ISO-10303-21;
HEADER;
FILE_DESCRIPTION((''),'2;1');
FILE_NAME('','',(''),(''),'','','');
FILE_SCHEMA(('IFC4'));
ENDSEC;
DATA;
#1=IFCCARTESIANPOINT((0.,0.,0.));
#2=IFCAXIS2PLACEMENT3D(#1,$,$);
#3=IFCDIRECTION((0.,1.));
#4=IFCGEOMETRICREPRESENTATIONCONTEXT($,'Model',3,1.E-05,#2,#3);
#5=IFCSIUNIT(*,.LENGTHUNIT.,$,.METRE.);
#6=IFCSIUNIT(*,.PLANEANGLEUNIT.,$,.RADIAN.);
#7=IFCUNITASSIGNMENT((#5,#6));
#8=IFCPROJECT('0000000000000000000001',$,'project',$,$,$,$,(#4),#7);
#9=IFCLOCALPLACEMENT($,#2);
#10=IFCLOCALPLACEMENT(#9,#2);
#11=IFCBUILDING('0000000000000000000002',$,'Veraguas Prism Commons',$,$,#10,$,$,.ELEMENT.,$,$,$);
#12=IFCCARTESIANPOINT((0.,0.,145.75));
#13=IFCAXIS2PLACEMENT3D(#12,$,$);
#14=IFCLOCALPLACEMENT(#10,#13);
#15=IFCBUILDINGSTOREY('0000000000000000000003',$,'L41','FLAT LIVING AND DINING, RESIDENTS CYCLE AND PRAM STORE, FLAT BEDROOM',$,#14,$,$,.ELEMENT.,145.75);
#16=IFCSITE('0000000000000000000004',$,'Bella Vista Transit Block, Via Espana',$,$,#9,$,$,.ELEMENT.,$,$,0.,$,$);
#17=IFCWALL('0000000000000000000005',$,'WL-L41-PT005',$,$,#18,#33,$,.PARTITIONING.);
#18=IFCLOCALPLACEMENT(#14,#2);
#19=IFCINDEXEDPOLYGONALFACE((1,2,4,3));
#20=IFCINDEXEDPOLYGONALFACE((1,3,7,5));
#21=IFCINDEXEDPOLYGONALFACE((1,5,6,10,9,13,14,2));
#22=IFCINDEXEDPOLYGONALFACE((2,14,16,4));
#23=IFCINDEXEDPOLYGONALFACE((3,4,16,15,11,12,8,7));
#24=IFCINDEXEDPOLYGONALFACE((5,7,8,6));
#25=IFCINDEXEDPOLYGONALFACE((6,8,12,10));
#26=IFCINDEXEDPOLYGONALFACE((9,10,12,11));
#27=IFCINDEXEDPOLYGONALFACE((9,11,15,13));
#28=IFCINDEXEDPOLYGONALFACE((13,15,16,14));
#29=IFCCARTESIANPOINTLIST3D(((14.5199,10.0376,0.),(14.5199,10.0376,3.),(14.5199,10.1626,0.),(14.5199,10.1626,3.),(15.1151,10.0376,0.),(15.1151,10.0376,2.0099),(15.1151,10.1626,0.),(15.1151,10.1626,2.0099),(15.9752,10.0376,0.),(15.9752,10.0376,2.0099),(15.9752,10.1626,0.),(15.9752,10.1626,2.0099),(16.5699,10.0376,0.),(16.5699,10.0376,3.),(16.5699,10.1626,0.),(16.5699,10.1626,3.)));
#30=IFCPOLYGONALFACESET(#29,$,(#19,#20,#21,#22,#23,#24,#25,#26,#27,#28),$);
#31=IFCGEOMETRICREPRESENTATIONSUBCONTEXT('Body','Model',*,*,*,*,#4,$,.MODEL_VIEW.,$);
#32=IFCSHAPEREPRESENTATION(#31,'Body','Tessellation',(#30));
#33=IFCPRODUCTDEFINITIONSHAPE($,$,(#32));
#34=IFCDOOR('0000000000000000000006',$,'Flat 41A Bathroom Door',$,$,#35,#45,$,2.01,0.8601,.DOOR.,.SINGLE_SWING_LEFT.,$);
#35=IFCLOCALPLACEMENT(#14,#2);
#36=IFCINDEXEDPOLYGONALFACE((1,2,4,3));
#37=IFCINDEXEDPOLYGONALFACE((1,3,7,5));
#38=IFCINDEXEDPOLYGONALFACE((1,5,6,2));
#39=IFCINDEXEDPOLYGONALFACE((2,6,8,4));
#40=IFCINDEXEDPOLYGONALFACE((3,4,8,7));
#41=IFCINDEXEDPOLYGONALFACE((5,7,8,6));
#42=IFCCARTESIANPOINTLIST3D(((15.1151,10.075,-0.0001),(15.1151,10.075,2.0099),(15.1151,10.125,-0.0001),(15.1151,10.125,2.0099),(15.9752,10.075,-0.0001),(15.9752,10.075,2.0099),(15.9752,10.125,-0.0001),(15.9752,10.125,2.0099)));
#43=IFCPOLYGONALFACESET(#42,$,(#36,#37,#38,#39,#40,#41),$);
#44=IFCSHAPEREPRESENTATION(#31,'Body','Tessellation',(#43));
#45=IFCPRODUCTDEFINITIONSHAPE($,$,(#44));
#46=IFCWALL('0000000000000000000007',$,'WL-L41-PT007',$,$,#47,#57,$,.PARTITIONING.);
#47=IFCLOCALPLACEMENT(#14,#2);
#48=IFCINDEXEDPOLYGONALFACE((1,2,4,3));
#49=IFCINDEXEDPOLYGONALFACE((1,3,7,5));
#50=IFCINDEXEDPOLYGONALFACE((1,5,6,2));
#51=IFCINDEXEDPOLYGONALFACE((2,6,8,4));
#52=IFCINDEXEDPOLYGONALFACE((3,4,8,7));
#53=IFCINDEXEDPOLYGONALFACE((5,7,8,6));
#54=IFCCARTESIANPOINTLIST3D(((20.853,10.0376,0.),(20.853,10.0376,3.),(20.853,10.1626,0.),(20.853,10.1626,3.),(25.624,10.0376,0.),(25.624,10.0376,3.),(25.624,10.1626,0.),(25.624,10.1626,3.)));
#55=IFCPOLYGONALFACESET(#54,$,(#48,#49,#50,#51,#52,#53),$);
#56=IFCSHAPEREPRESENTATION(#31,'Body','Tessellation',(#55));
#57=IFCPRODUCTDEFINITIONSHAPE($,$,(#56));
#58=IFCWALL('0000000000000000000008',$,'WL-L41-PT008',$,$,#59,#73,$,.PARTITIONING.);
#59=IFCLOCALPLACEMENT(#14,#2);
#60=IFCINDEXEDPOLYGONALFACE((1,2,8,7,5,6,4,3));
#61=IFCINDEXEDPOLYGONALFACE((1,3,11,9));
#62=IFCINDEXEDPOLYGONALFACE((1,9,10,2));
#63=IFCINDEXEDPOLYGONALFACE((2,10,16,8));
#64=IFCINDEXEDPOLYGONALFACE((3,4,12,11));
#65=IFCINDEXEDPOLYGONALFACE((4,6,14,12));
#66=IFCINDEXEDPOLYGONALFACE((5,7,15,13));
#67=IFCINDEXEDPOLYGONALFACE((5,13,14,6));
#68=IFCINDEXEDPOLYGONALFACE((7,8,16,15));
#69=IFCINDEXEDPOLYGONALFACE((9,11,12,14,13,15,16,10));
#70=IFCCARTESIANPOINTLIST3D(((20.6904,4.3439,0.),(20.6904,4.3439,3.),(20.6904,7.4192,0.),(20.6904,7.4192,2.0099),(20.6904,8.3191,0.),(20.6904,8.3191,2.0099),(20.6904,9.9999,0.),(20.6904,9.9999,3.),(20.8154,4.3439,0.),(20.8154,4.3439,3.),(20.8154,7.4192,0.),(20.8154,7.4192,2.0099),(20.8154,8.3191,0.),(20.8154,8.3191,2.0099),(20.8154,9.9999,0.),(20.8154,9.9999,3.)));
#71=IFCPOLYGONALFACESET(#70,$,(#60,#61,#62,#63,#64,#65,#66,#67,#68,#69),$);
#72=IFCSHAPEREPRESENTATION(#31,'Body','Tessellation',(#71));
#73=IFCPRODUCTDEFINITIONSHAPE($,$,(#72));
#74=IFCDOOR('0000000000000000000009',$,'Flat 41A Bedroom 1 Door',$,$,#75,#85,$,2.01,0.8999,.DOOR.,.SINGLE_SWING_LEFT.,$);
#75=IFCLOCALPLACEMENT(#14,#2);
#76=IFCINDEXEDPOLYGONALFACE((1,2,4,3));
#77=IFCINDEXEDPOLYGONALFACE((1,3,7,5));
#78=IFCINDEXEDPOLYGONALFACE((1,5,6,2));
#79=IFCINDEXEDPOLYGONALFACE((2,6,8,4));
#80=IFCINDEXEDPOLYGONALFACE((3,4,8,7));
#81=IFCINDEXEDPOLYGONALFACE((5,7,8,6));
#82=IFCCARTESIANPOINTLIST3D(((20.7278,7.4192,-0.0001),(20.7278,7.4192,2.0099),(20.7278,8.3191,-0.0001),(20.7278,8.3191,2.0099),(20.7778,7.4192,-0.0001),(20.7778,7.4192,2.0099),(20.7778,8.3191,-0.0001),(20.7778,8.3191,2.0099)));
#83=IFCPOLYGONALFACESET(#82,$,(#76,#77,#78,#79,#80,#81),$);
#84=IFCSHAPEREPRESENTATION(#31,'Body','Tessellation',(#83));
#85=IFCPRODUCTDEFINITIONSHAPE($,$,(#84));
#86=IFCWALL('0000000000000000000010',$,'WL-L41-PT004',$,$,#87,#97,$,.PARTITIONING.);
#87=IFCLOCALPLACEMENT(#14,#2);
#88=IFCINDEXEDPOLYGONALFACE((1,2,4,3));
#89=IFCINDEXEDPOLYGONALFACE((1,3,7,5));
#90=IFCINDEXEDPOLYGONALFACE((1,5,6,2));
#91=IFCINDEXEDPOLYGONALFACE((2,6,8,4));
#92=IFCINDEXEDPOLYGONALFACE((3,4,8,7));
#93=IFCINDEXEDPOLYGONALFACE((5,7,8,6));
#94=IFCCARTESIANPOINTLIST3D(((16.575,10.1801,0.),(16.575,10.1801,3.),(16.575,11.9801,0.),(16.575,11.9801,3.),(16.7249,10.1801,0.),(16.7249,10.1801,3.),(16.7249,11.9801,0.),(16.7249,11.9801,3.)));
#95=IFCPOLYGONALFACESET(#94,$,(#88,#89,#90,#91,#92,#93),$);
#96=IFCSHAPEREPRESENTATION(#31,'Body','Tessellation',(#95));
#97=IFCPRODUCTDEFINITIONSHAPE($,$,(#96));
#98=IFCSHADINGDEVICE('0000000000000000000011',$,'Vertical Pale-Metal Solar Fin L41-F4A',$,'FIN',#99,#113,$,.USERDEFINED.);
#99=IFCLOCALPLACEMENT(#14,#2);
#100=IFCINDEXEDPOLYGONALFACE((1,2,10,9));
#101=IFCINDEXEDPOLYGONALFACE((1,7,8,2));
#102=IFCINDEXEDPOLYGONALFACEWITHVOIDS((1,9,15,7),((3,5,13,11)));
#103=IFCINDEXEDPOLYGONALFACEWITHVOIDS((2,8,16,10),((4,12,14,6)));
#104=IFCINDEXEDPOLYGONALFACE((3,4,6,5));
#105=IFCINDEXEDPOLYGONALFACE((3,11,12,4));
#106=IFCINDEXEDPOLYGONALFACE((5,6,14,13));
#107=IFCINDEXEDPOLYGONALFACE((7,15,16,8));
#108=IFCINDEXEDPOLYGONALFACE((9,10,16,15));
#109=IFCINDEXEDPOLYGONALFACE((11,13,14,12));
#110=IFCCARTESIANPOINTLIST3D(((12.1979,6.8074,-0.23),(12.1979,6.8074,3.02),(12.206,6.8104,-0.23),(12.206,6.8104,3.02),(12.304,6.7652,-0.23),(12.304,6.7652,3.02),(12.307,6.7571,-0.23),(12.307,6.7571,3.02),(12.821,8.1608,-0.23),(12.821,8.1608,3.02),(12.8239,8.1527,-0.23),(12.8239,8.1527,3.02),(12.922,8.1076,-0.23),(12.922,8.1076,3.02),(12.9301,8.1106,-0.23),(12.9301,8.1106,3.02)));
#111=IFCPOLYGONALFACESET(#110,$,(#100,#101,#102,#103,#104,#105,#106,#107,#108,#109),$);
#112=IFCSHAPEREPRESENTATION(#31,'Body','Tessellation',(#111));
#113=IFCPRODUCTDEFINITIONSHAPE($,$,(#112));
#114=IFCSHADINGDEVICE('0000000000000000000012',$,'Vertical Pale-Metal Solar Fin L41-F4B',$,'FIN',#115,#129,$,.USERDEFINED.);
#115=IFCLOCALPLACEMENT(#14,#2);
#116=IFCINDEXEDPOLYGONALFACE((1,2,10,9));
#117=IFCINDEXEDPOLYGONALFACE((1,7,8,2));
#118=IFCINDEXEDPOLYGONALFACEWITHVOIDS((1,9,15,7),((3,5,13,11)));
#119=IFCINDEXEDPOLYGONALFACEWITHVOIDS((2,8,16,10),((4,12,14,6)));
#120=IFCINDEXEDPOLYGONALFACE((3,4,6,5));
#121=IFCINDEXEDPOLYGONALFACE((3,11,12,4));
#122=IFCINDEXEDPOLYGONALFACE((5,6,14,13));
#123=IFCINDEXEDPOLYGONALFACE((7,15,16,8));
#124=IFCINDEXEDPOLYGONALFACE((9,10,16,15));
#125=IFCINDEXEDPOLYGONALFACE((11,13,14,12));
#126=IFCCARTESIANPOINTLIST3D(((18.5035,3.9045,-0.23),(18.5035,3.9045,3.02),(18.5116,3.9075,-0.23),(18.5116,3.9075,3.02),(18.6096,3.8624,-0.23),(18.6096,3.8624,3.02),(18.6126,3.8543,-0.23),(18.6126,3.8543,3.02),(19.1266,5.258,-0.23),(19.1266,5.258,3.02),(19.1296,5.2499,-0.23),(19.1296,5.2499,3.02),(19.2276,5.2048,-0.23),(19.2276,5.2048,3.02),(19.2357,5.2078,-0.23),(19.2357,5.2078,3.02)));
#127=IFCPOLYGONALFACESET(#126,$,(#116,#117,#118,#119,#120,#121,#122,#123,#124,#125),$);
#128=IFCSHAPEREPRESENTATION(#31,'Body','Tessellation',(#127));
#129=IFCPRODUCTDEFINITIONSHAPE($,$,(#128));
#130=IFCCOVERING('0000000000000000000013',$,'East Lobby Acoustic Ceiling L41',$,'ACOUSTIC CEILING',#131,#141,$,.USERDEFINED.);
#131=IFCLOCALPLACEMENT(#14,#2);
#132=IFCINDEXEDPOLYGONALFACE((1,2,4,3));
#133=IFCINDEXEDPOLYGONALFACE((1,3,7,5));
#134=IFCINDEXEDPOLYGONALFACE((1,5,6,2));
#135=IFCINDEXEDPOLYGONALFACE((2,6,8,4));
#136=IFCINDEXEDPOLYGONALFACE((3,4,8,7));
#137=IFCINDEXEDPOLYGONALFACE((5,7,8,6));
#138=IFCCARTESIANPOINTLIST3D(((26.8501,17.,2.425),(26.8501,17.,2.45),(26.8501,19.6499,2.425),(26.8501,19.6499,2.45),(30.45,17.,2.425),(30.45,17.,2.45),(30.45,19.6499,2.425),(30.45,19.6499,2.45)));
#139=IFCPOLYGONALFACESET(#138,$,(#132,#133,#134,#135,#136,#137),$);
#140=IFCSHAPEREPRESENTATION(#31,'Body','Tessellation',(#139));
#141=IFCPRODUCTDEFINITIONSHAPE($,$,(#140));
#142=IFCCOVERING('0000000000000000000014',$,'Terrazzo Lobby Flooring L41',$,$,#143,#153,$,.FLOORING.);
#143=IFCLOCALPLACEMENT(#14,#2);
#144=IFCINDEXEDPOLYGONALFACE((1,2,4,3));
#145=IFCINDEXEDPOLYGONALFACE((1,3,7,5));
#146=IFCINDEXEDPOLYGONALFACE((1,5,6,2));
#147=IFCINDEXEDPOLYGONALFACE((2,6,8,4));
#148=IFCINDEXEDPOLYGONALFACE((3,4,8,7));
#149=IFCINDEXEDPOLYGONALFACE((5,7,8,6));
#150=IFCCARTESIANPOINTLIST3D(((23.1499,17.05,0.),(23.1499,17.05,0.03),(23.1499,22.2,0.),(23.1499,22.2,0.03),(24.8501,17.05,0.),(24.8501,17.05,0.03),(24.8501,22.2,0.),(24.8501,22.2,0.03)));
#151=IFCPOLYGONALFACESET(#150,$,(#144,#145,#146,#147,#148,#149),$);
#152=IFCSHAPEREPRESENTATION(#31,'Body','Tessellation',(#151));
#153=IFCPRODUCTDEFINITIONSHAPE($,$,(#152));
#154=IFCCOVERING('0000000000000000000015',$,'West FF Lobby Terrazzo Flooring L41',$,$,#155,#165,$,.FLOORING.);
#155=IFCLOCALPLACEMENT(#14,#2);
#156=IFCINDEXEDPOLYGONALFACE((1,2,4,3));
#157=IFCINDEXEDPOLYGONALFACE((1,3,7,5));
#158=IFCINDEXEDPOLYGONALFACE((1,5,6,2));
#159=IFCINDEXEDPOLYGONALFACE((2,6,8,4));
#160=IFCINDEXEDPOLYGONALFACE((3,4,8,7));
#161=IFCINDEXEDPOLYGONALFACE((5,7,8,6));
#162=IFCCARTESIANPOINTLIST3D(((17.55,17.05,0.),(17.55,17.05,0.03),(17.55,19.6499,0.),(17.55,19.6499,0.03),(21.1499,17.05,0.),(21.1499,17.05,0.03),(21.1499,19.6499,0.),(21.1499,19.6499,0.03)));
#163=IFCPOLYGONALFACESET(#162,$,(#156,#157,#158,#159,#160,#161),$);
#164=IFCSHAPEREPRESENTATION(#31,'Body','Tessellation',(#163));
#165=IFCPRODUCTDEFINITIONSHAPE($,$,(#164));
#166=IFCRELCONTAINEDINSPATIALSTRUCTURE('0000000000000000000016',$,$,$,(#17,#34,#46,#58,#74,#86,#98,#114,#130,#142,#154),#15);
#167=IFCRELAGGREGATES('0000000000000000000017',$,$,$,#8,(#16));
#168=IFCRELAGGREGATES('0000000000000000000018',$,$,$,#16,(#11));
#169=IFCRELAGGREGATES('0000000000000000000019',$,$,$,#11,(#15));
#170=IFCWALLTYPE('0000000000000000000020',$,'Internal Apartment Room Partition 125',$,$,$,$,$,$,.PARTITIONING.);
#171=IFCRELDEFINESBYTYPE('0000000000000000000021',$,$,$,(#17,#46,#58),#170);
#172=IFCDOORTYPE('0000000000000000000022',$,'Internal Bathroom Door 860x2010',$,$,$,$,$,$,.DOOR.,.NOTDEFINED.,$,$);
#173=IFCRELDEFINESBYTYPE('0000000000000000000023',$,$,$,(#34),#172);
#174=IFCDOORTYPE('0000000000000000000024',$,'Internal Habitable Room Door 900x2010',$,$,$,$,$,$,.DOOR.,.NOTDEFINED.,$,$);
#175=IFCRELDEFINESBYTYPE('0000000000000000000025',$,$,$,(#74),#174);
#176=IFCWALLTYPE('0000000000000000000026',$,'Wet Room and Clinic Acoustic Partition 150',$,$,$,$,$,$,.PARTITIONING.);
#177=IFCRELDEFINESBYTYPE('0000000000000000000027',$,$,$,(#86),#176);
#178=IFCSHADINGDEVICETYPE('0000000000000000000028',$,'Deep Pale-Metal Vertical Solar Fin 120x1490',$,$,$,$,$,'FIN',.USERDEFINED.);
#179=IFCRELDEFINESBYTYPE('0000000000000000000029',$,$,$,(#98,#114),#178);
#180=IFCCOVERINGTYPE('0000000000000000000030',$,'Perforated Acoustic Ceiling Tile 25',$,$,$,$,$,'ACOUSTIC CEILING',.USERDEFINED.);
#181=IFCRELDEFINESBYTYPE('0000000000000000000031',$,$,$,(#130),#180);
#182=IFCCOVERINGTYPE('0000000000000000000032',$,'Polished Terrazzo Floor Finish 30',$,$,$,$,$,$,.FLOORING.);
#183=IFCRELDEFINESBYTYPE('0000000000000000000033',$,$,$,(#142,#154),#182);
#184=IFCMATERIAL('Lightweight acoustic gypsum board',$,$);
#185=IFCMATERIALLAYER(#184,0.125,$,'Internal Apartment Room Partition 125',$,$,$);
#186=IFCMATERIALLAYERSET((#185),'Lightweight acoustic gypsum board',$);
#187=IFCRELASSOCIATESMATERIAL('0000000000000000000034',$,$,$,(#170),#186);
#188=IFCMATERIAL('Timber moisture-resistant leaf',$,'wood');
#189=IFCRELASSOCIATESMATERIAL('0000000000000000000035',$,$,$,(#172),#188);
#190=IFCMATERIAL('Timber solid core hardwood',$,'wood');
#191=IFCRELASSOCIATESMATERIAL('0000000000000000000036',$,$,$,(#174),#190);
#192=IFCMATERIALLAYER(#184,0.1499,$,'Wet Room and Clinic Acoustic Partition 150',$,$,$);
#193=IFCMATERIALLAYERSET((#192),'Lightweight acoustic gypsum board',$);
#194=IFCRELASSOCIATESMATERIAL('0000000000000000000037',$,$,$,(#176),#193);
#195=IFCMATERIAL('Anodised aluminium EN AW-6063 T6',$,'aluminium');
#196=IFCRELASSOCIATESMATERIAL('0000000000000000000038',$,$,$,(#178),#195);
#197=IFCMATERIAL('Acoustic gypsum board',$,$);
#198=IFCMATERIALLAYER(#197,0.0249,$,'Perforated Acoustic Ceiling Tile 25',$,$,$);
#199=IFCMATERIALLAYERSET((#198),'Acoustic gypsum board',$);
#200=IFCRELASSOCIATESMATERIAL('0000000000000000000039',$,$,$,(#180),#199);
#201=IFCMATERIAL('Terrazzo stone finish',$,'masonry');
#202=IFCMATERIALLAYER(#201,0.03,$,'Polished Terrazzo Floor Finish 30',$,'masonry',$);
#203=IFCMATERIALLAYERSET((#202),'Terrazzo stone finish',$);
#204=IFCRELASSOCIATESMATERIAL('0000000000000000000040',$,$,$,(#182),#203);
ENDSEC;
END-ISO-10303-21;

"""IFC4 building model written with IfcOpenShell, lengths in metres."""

from ifc_helpers import new_model, si_unit, direction, frame, frame_2d, origin, origin_2d, place, context, subcontext, project, spatial, polyline, rectangle, hollow_rectangle, outline, extrude, source, transform, mapped, material, layer, layer_set, material_profile, profile_set, type_object, element, fill, save


model = new_model("IFC4")

# Units and contexts
model_context = context("Model", 3, precision=1e-05, world=origin(), true_north=direction((0.0, 1.0)))
body_context = subcontext(model_context, "Body", "Model", "MODEL_VIEW")
ifc_project = project(units=[si_unit("LENGTHUNIT", "METRE"), si_unit("PLANEANGLEUNIT", "RADIAN")], contexts=[model_context])

# Site, building, storey
site_placement = place(None, origin())
site = spatial("IfcSite", under=ifc_project, at=site_placement, Name="Bella Vista Transit Block, Via Espana", CompositionType="ELEMENT", RefElevation=0.0)
building_placement = place(site_placement, origin())
building = spatial("IfcBuilding", under=site, at=building_placement, Name="Veraguas Prism Commons", CompositionType="ELEMENT")
storey_placement = place(building_placement, frame((0.0, 0.0, 145.75)))
storey = spatial("IfcBuildingStorey", under=building, at=storey_placement, Name="L41", Description="FLAT LIVING AND DINING, RESIDENTS CYCLE AND PRAM STORE, FLAT BEDROOM", CompositionType="ELEMENT", Elevation=145.75)

# Shared definitions
ifc_material_1 = material(Name="Anodised aluminium EN AW-6063 T6", Category="aluminium")

# Wall, opening, door
ifc_material_2 = material(Name="Lightweight acoustic gypsum board")
ifc_layer_1 = layer(ifc_material_2, 0.125, Name="Internal Apartment Room Partition 125")
ifc_layer_set_1 = layer_set([ifc_layer_1], Name="Lightweight acoustic gypsum board")
wall_type_1 = type_object("IfcWallType", Name="Internal Apartment Room Partition 125", PredefinedType="PARTITIONING", material=ifc_layer_set_1)
wall_1_placement = place(storey_placement, frame((14.52, 10.1001, 0.0), z_axis=(0.0, 0.0, 1.0), x_axis=(1.0, 0.0, 0.0)))
wall_1 = element("IfcWall", 1, at=wall_1_placement, inside=storey, type_object=wall_type_1, Name="WL-L41-PT005", PredefinedType="PARTITIONING", context=body_context, shape_type="SweptSolid", body=[
    extrude(rectangle(XDim=2.05, YDim=0.125, at=frame_2d((1.0249, 0.0))), origin(), (0.0, 0.0, 1.0), 3.0),
])
opening_1_placement = place(wall_1_placement, frame((0.595, 0.0, 0.0)))
opening_1 = element("IfcOpeningElement", 2, at=opening_1_placement, cuts=wall_1, PredefinedType="OPENING", context=body_context, shape_type="SweptSolid", body=[
    extrude(rectangle(XDim=0.8601, YDim=2.01, at=frame_2d((0.4302, 1.0049))), frame((0.0, 0.0725, 0.0), z_axis=(0.0, -1.0, 0.0), x_axis=(1.0, 0.0, 0.0)), (0.0, 0.0, 1.0), 0.145),
])
ifc_material_3 = material(Name="Timber moisture-resistant leaf", Category="wood")
door_type_1 = type_object("IfcDoorType", Name="Internal Bathroom Door 860x2010", OperationType="NOTDEFINED", PredefinedType="DOOR", material=ifc_material_3)
shared_shape_1 = source(origin(), body_context, "Body", "SweptSolid", [
    extrude(rectangle(XDim=0.8601, YDim=2.01, at=frame_2d((0.4302, 1.0049))), frame((0.0, 0.0249, 0.0), z_axis=(0.0, -1.0, 0.0), x_axis=(1.0, 0.0, 0.0)), (0.0, 0.0, 1.0), 0.05),
])
door_1_placement = place(opening_1_placement, origin())
door_1 = element("IfcDoor", 3, at=door_1_placement, inside=storey, type_object=door_type_1, Name="Flat 41A Bathroom Door", OperationType="SINGLE_SWING_LEFT", OverallHeight=2.01, OverallWidth=0.8601, PredefinedType="DOOR", context=body_context, shape_type="MappedRepresentation", body=[
    mapped(shared_shape_1, transform((0.0, 0.0, 0.0), scale=1.0)),
])
fill(opening_1, door_1)

# Wall
wall_2_placement = place(storey_placement, frame((20.853, 10.1001, 0.0), z_axis=(0.0, 0.0, 1.0), x_axis=(1.0, 0.0, 0.0)))
element("IfcWall", 4, at=wall_2_placement, inside=storey, type_object=wall_type_1, Name="WL-L41-PT007", PredefinedType="PARTITIONING", context=body_context, shape_type="SweptSolid", body=[
    extrude(rectangle(XDim=4.771, YDim=0.125, at=frame_2d((2.3855, 0.0))), origin(), (0.0, 0.0, 1.0), 3.0),
])

# Wall, opening, door
wall_3_placement = place(storey_placement, frame((20.7529, 10.0, 0.0), z_axis=(0.0, 0.0, 1.0), x_axis=(0.0, -1.0, 0.0)))
wall_3 = element("IfcWall", 5, at=wall_3_placement, inside=storey, type_object=wall_type_1, Name="WL-L41-PT008", PredefinedType="PARTITIONING", context=body_context, shape_type="SweptSolid", body=[
    extrude(rectangle(XDim=5.656, YDim=0.125, at=frame_2d((2.8281, 0.0))), origin(), (0.0, 0.0, 1.0), 3.0),
])
opening_2_placement = place(wall_3_placement, frame((1.6809, 0.0, 0.0)))
opening_2 = element("IfcOpeningElement", 6, at=opening_2_placement, cuts=wall_3, PredefinedType="OPENING", context=body_context, shape_type="SweptSolid", body=[
    extrude(rectangle(XDim=0.8999, YDim=2.01, at=frame_2d((0.45, 1.0049))), frame((0.0, 0.0725, 0.0), z_axis=(0.0, -1.0, 0.0), x_axis=(1.0, 0.0, 0.0)), (0.0, 0.0, 1.0), 0.145),
])
ifc_material_4 = material(Name="Timber solid core hardwood", Category="wood")
door_type_2 = type_object("IfcDoorType", Name="Internal Habitable Room Door 900x2010", OperationType="NOTDEFINED", PredefinedType="DOOR", material=ifc_material_4)
shared_shape_2 = source(origin(), body_context, "Body", "SweptSolid", [
    extrude(rectangle(XDim=0.8999, YDim=2.01, at=frame_2d((0.45, 1.0049))), frame((0.0, 0.0249, 0.0), z_axis=(0.0, -1.0, 0.0), x_axis=(1.0, 0.0, 0.0)), (0.0, 0.0, 1.0), 0.05),
])
door_2_placement = place(opening_2_placement, origin())
door_2 = element("IfcDoor", 7, at=door_2_placement, inside=storey, type_object=door_type_2, Name="Flat 41A Bedroom 1 Door", OperationType="SINGLE_SWING_LEFT", OverallHeight=2.01, OverallWidth=0.8999, PredefinedType="DOOR", context=body_context, shape_type="MappedRepresentation", body=[
    mapped(shared_shape_2, transform((0.0, 0.0, 0.0), scale=1.0)),
])
fill(opening_2, door_2)

# Wall
ifc_layer_2 = layer(ifc_material_2, 0.1499, Name="Wet Room and Clinic Acoustic Partition 150")
ifc_layer_set_2 = layer_set([ifc_layer_2], Name="Lightweight acoustic gypsum board")
wall_type_2 = type_object("IfcWallType", Name="Wet Room and Clinic Acoustic Partition 150", PredefinedType="PARTITIONING", material=ifc_layer_set_2)
wall_4_placement = place(storey_placement, frame((16.6499, 11.98, 0.0), z_axis=(0.0, 0.0, 1.0), x_axis=(0.0, -1.0, 0.0)))
element("IfcWall", 8, at=wall_4_placement, inside=storey, type_object=wall_type_2, Name="WL-L41-PT004", PredefinedType="PARTITIONING", context=body_context, shape_type="SweptSolid", body=[
    extrude(rectangle(XDim=1.8, YDim=0.1499, at=frame_2d((0.8999, 0.0))), origin(), (0.0, 0.0, 1.0), 3.0),
])

# Shading devices
ifc_material_profile_1 = material_profile(ifc_material_1, hollow_rectangle(XDim=0.1201, YDim=1.49, WallThickness=0.0061, at=origin_2d()), Name="FIN120X1490X6")
ifc_profile_set_1 = profile_set([ifc_material_profile_1], Name="Anodised aluminium EN AW-6063 T6")
shading_device_type = type_object("IfcShadingDeviceType", Name="Deep Pale-Metal Vertical Solar Fin 120x1490", ElementType="FIN", PredefinedType="USERDEFINED", material=ifc_profile_set_1)
for number, where, z_axis, x_axis, name in (
    (9, (12.564, 7.459, -0.23), (0.0, 0.0, 1.0), (0.908362, -0.418184, 0.0), "Vertical Pale-Metal Solar Fin L41-F4A"),
    (10, (18.8696, 4.5562, -0.23), (0.0, 0.0, 1.0), (0.908362, -0.418184, 0.0), "Vertical Pale-Metal Solar Fin L41-F4B"),
):
    element("IfcShadingDevice", number, at=place(storey_placement, frame(where, z_axis=z_axis, x_axis=x_axis)), inside=storey, type_object=shading_device_type, Name=name, ObjectType="FIN", PredefinedType="USERDEFINED", context=body_context, shape_type="SweptSolid", body=[
        extrude(hollow_rectangle(XDim=0.1201, YDim=1.49, WallThickness=0.0061, at=origin_2d()), origin(), (0.0, 0.0, 1.0), 3.25),
    ])

# Coverings
ifc_material_5 = material(Name="Acoustic gypsum board")
ifc_layer_3 = layer(ifc_material_5, 0.0249, Name="Perforated Acoustic Ceiling Tile 25")
ifc_layer_set_3 = layer_set([ifc_layer_3], Name="Acoustic gypsum board")
covering_type_1 = type_object("IfcCoveringType", Name="Perforated Acoustic Ceiling Tile 25", ElementType="ACOUSTIC CEILING", PredefinedType="USERDEFINED", material=ifc_layer_set_3)
covering_1_placement = place(storey_placement, frame((0.0, 0.0, 2.425)))
element("IfcCovering", 11, at=covering_1_placement, inside=storey, type_object=covering_type_1, Name="East Lobby Acoustic Ceiling L41", ObjectType="ACOUSTIC CEILING", PredefinedType="USERDEFINED", context=body_context, shape_type="SweptSolid", body=[
    extrude(outline(polyline([(26.8501, 17.0), (30.45, 17.0), (30.45, 19.6499), (26.8501, 19.6499), (26.8501, 17.0)])), origin(), (0.0, 0.0, 1.0), 0.0249),
])
ifc_material_6 = material(Name="Terrazzo stone finish", Category="masonry")
ifc_layer_4 = layer(ifc_material_6, 0.03, Name="Polished Terrazzo Floor Finish 30", Category="masonry")
ifc_layer_set_4 = layer_set([ifc_layer_4], Name="Terrazzo stone finish")
covering_type_2 = type_object("IfcCoveringType", Name="Polished Terrazzo Floor Finish 30", PredefinedType="FLOORING", material=ifc_layer_set_4)
covering_2_placement = place(storey_placement, origin())
element("IfcCovering", 12, at=covering_2_placement, inside=storey, type_object=covering_type_2, Name="Terrazzo Lobby Flooring L41", PredefinedType="FLOORING", context=body_context, shape_type="SweptSolid", body=[
    extrude(outline(polyline([(23.1499, 17.05), (24.8501, 17.05), (24.8501, 22.2), (23.1499, 22.2), (23.1499, 17.05)])), origin(), (0.0, 0.0, 1.0), 0.03),
])
covering_3_placement = place(storey_placement, origin())
element("IfcCovering", 13, at=covering_3_placement, inside=storey, type_object=covering_type_2, Name="West FF Lobby Terrazzo Flooring L41", PredefinedType="FLOORING", context=body_context, shape_type="SweptSolid", body=[
    extrude(outline(polyline([(17.55, 17.05), (21.1499, 17.05), (21.1499, 19.6499), (17.55, 19.6499), (17.55, 17.05)])), origin(), (0.0, 0.0, 1.0), 0.03),
])

save(model, "model.ifc")
